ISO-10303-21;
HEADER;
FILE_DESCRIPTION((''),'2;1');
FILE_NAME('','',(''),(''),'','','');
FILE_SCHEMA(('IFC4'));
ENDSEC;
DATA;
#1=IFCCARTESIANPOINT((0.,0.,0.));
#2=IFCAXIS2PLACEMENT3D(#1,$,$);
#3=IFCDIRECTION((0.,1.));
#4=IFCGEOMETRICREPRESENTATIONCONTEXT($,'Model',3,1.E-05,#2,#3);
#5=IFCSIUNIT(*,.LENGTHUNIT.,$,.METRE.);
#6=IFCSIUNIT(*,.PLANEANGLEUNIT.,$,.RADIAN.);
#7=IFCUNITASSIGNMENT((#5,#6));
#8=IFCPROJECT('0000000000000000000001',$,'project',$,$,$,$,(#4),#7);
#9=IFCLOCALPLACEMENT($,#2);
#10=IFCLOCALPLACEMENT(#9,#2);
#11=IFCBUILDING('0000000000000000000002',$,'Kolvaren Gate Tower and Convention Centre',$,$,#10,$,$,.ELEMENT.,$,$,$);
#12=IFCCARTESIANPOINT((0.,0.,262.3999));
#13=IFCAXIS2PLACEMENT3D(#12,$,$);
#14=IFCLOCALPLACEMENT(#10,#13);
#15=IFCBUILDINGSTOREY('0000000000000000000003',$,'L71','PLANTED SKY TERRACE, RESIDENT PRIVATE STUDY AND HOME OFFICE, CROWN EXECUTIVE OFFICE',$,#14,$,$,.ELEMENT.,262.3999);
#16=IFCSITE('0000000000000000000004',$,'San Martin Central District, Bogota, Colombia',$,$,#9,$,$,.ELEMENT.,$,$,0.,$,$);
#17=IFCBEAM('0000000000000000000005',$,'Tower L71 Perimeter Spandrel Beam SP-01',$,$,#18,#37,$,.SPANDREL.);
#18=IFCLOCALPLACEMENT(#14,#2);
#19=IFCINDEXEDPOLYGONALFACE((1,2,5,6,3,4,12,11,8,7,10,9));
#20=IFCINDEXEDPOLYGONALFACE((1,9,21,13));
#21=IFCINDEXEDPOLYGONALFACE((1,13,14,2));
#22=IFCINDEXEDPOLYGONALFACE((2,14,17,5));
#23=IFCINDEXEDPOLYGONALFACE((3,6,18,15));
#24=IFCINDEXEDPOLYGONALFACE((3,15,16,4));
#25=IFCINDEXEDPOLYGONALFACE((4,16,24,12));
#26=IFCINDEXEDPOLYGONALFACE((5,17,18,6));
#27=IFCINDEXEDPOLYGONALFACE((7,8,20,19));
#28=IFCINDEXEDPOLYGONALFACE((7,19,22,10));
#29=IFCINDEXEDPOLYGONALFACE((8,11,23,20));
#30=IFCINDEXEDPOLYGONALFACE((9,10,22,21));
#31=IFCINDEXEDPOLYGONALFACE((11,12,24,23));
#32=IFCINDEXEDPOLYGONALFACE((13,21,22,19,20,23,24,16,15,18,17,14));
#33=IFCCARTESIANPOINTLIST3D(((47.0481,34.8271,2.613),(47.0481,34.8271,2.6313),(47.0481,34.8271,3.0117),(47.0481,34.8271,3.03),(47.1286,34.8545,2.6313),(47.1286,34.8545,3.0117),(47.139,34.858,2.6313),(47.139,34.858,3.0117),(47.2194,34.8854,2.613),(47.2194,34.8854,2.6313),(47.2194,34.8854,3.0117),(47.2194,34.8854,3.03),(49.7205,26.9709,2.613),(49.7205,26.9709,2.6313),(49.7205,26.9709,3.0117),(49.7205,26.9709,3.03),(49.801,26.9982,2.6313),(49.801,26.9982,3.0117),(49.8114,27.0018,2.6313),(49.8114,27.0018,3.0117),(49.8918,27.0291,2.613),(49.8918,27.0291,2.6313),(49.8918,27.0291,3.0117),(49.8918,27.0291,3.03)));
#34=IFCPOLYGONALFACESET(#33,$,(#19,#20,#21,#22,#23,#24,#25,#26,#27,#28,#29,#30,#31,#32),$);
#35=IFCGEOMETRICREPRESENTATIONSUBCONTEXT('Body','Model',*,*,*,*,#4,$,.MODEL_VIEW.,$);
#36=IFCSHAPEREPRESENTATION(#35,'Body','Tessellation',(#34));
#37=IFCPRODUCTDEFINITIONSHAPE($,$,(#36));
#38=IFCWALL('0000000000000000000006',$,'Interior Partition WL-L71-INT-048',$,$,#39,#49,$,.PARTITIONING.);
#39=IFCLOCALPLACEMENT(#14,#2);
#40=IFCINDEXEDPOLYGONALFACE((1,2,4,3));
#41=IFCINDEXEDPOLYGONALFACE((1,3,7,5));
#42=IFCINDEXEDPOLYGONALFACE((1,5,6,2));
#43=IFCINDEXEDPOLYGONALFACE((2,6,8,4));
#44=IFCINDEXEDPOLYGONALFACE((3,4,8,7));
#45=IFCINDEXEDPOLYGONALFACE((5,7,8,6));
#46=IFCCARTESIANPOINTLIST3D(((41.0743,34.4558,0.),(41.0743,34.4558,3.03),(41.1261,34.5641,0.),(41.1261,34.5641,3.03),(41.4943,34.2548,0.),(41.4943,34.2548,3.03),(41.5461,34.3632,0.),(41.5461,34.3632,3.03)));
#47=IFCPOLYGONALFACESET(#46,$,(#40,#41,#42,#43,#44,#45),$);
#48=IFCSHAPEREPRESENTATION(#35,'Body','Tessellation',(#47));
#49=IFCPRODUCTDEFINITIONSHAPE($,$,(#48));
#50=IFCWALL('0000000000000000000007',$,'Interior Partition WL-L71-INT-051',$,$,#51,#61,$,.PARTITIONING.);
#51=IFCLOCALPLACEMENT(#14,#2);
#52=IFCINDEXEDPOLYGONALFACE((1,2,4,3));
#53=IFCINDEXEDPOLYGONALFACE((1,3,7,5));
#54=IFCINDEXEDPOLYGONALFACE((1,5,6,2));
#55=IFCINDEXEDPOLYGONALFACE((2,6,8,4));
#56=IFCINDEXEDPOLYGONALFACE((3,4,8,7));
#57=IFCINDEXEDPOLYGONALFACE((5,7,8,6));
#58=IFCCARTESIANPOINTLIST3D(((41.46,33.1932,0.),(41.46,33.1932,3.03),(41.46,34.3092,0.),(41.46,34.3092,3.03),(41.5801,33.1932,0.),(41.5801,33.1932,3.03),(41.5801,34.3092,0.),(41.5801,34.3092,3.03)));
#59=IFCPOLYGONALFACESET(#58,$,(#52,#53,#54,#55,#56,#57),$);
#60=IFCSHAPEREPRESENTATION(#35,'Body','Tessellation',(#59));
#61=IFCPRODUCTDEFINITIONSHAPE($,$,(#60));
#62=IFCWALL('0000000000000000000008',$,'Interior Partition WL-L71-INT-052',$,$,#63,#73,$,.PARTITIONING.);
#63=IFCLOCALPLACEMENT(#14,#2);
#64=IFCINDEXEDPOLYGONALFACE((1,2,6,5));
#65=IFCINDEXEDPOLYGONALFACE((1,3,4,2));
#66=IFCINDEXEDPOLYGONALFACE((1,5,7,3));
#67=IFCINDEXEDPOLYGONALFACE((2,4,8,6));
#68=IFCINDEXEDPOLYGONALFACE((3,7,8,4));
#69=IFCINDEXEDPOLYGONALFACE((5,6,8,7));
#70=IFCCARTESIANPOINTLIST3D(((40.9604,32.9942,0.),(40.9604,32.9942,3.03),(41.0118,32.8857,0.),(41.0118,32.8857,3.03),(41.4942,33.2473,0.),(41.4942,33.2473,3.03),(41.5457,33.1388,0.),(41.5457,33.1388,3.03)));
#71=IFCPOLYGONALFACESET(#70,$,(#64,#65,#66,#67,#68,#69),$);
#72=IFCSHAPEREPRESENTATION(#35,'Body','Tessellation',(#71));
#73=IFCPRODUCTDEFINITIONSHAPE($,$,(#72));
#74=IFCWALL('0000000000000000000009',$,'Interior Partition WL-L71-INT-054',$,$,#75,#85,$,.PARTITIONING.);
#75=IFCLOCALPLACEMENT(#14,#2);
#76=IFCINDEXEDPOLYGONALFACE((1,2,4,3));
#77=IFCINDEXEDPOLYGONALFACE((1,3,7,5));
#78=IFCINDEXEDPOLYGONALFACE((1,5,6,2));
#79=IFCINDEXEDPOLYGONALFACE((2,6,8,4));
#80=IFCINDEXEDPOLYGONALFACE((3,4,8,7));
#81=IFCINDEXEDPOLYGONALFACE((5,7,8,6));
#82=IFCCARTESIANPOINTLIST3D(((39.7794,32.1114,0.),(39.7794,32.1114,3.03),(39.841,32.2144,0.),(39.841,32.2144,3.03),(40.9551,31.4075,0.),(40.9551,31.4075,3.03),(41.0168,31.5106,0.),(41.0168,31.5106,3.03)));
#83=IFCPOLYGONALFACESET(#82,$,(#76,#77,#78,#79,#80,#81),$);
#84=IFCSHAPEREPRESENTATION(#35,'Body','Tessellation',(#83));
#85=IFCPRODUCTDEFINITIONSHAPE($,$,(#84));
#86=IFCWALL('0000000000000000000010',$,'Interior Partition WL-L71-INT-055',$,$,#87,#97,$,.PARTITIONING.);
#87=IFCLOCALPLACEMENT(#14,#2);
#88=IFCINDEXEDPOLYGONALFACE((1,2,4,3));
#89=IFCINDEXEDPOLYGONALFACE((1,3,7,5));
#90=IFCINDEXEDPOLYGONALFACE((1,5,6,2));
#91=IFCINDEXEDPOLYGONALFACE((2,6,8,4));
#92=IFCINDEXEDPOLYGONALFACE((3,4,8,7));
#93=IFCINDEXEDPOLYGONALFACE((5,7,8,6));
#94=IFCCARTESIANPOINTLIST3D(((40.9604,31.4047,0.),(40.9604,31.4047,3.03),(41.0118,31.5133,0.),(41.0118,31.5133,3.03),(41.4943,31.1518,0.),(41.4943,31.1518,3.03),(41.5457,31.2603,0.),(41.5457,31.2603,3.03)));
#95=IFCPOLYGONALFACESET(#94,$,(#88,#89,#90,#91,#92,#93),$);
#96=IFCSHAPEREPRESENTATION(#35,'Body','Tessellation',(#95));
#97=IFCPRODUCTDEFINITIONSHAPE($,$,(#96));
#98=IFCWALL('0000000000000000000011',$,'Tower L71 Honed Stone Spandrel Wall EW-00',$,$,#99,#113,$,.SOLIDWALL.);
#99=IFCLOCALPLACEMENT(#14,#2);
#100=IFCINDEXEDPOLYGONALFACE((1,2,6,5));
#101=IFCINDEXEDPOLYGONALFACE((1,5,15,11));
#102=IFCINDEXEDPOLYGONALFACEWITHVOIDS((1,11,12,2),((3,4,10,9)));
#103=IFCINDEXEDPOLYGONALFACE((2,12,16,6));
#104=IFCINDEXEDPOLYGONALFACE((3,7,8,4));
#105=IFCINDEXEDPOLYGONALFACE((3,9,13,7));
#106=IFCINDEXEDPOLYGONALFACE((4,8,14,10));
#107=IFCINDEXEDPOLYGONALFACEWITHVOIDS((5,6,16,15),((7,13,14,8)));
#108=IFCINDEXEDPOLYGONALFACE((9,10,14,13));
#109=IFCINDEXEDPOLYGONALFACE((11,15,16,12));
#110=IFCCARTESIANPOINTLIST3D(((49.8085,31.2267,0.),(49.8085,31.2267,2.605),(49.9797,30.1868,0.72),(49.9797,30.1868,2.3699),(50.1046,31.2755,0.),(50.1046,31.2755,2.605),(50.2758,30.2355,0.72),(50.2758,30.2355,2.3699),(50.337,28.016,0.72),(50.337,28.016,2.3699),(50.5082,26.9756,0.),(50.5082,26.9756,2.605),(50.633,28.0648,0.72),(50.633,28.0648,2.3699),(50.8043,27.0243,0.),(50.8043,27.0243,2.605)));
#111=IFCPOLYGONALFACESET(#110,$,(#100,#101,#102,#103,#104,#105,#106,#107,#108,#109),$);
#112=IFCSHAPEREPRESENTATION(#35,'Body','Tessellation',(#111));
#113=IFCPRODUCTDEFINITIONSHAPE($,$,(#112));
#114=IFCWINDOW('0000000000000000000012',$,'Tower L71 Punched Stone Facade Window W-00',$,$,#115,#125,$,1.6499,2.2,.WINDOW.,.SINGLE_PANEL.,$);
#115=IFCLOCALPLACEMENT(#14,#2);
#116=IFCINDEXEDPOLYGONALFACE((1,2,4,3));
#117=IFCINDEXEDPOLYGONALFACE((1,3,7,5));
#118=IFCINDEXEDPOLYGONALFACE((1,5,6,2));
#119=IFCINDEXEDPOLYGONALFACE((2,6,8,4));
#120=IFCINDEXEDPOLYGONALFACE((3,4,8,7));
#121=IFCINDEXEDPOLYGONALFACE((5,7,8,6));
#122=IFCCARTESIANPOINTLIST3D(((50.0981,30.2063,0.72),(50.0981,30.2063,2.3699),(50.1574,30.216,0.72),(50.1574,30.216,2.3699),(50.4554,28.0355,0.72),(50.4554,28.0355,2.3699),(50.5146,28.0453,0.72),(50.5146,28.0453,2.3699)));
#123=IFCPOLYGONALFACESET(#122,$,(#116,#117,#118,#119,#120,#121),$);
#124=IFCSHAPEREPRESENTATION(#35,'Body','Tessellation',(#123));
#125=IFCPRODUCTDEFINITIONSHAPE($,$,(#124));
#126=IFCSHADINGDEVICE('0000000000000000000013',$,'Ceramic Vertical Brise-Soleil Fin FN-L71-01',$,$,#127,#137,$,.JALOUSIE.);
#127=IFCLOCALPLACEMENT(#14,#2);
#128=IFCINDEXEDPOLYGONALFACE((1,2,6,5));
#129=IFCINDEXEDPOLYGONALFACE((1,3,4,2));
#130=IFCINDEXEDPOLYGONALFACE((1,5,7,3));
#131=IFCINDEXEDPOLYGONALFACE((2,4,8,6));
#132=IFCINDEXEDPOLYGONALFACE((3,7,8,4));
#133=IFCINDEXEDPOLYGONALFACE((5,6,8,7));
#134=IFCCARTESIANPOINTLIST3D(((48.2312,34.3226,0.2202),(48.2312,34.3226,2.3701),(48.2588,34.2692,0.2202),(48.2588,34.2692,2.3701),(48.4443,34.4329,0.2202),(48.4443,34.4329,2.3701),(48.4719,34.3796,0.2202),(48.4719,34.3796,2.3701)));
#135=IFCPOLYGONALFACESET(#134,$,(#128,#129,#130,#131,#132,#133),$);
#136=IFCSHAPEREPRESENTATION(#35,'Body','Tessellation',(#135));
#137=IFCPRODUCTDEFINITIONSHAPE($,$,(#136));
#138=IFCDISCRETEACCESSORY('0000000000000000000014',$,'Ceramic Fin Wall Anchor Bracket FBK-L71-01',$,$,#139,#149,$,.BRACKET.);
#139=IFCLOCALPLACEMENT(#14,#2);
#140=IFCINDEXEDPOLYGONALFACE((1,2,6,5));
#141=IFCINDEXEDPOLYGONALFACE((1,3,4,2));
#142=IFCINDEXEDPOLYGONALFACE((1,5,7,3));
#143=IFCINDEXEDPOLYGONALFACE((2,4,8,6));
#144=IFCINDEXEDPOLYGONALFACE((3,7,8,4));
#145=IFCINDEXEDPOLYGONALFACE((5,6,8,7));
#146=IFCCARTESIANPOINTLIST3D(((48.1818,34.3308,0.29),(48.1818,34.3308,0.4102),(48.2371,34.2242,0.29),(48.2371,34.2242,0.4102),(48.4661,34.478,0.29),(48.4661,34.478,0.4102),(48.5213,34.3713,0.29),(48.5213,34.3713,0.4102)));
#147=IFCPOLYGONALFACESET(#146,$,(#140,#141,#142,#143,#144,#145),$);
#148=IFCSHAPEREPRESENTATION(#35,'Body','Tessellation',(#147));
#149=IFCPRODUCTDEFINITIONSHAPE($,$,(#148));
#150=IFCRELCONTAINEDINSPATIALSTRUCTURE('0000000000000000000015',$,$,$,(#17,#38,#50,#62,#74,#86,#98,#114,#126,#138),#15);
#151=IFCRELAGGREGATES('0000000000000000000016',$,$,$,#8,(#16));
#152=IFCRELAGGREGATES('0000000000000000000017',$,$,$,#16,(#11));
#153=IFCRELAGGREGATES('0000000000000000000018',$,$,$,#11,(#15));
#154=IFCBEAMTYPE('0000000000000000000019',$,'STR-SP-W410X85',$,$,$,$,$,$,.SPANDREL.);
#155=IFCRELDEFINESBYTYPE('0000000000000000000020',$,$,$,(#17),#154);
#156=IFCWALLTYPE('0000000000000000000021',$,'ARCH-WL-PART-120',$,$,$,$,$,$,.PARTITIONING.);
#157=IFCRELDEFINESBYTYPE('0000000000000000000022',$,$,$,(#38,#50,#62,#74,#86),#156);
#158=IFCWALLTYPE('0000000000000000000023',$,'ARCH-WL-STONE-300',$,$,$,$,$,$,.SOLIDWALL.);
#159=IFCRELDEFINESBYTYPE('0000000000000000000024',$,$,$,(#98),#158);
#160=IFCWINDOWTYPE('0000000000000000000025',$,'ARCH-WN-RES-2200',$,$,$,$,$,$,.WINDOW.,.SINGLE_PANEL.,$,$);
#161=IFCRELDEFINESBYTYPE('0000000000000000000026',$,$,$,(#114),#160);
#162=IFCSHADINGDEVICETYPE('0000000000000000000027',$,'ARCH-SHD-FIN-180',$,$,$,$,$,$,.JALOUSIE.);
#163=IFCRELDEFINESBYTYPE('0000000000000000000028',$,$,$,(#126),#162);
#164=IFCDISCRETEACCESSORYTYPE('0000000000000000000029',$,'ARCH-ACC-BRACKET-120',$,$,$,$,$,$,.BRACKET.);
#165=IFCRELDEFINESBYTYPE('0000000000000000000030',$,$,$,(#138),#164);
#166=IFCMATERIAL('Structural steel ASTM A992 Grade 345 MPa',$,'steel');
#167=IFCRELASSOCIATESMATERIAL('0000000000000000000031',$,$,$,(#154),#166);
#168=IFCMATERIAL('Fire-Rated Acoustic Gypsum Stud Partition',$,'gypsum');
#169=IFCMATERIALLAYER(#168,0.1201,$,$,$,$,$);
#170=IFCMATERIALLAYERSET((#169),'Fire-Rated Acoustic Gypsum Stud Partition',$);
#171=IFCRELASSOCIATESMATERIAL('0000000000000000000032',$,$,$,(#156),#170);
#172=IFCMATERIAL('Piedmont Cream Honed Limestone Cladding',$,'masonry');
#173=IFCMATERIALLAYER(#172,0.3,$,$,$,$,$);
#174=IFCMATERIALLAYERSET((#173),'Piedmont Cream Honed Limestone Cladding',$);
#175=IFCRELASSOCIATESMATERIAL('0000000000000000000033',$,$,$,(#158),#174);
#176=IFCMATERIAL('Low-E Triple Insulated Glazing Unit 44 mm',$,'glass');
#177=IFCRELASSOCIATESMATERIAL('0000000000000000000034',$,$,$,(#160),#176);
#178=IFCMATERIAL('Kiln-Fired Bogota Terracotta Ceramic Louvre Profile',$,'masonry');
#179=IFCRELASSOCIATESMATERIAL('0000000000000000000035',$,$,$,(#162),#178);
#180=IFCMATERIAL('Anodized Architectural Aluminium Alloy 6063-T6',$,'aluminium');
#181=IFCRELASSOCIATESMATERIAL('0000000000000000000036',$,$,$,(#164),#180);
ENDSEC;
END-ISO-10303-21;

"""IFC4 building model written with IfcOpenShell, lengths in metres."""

from ifc_helpers import new_model, si_unit, direction, frame, frame_2d, origin, origin_2d, place, context, subcontext, project, spatial, rectangle, i_section, extrude, material, layer, layer_set, material_profile, profile_set, type_object, element, fill, save


model = new_model("IFC4")

# Units and contexts
model_context = context("Model", 3, precision=1e-05, world=origin(), true_north=direction((0.0, 1.0)))
body_context = subcontext(model_context, "Body", "Model", "MODEL_VIEW")
ifc_project = project(units=[si_unit("LENGTHUNIT", "METRE"), si_unit("PLANEANGLEUNIT", "RADIAN")], contexts=[model_context])

# Site, building, storey
site_placement = place(None, origin())
site = spatial("IfcSite", under=ifc_project, at=site_placement, Name="San Martin Central District, Bogota, Colombia", CompositionType="ELEMENT", RefElevation=0.0)
building_placement = place(site_placement, origin())
building = spatial("IfcBuilding", under=site, at=building_placement, Name="Kolvaren Gate Tower and Convention Centre", CompositionType="ELEMENT")
storey_placement = place(building_placement, frame((0.0, 0.0, 262.3999)))
storey = spatial("IfcBuildingStorey", under=building, at=storey_placement, Name="L71", Description="PLANTED SKY TERRACE, RESIDENT PRIVATE STUDY AND HOME OFFICE, CROWN EXECUTIVE OFFICE", CompositionType="ELEMENT", Elevation=262.3999)

# Beam
ifc_material_1 = material(Name="Structural steel ASTM A992 Grade 345 MPa", Category="steel")
ifc_material_profile_1 = material_profile(ifc_material_1, i_section(OverallWidth=0.1809, OverallDepth=0.417, WebThickness=0.011, FlangeThickness=0.0183, at=origin_2d()), Name="W410X85")
ifc_profile_set_1 = profile_set([ifc_material_profile_1], Name="Structural steel ASTM A992 Grade 345 MPa")
beam_type_1 = type_object("IfcBeamType", Name="STR-SP-W410X85", PredefinedType="SPANDREL", material=ifc_profile_set_1)
beam_1_placement = place(storey_placement, frame((49.8062, 27.0, 2.8215), z_axis=(-0.322038, 0.946727, 0.0), x_axis=(-0.946727, -0.322038, 0.0)))
element("IfcBeam", 1, at=beam_1_placement, inside=storey, type_object=beam_type_1, Name="Tower L71 Perimeter Spandrel Beam SP-01", PredefinedType="SPANDREL", context=body_context, shape_type="SweptSolid", body=[
    extrude(i_section(OverallWidth=0.1809, OverallDepth=0.417, WebThickness=0.011, FlangeThickness=0.0183, at=origin_2d()), origin(), (0.0, 0.0, 1.0), 8.2983),
])

# Walls
ifc_material_2 = material(Name="Fire-Rated Acoustic Gypsum Stud Partition", Category="gypsum")
ifc_layer_1 = layer(ifc_material_2, 0.1201)
ifc_layer_set_1 = layer_set([ifc_layer_1], Name="Fire-Rated Acoustic Gypsum Stud Partition")
wall_type_1 = type_object("IfcWallType", Name="ARCH-WL-PART-120", PredefinedType="PARTITIONING", material=ifc_layer_set_1)
wall_1_placement = place(storey_placement, frame((41.1001, 34.51, 0.0), z_axis=(0.0, 0.0, 1.0), x_axis=(0.902054, -0.431623, 0.0)))
element("IfcWall", 2, at=wall_1_placement, inside=storey, type_object=wall_type_1, Name="Interior Partition WL-L71-INT-048", PredefinedType="PARTITIONING", context=body_context, shape_type="SweptSolid", body=[
    extrude(rectangle(XDim=0.4656, YDim=0.1201, at=frame_2d((0.2329, 0.0))), origin(), (0.0, 0.0, 1.0), 3.03),
])
wall_2_placement = place(storey_placement, frame((41.52, 33.1931, 0.0), z_axis=(0.0, 0.0, 1.0), x_axis=(0.0, 1.0, 0.0)))
element("IfcWall", 3, at=wall_2_placement, inside=storey, type_object=wall_type_1, Name="Interior Partition WL-L71-INT-051", PredefinedType="PARTITIONING", context=body_context, shape_type="SweptSolid", body=[
    extrude(rectangle(XDim=1.116, YDim=0.1201, at=frame_2d((0.5581, 0.0))), origin(), (0.0, 0.0, 1.0), 3.03),
])
wall_3_placement = place(storey_placement, frame((40.9861, 32.9399, 0.0), z_axis=(0.0, 0.0, 1.0), x_axis=(0.90357, 0.428442, 0.0)))
element("IfcWall", 4, at=wall_3_placement, inside=storey, type_object=wall_type_1, Name="Interior Partition WL-L71-INT-052", PredefinedType="PARTITIONING", context=body_context, shape_type="SweptSolid", body=[
    extrude(rectangle(XDim=0.5908, YDim=0.1201, at=frame_2d((0.2954, 0.0))), origin(), (0.0, 0.0, 1.0), 3.03),
])
wall_4_placement = place(storey_placement, frame((39.8103, 32.1628, 0.0), z_axis=(0.0, 0.0, 1.0), x_axis=(0.858011, -0.513631, 0.0)))
element("IfcWall", 5, at=wall_4_placement, inside=storey, type_object=wall_type_1, Name="Interior Partition WL-L71-INT-054", PredefinedType="PARTITIONING", context=body_context, shape_type="SweptSolid", body=[
    extrude(rectangle(XDim=1.3704, YDim=0.1201, at=frame_2d((0.6851, 0.0))), origin(), (0.0, 0.0, 1.0), 3.03),
])
wall_5_placement = place(storey_placement, frame((40.9861, 31.459, 0.0), z_axis=(0.0, 0.0, 1.0), x_axis=(0.903729, -0.428104, 0.0)))
element("IfcWall", 6, at=wall_5_placement, inside=storey, type_object=wall_type_1, Name="Interior Partition WL-L71-INT-055", PredefinedType="PARTITIONING", context=body_context, shape_type="SweptSolid", body=[
    extrude(rectangle(XDim=0.5908, YDim=0.1201, at=frame_2d((0.2954, 0.0))), origin(), (0.0, 0.0, 1.0), 3.03),
])

# Wall, opening, window
ifc_material_3 = material(Name="Piedmont Cream Honed Limestone Cladding", Category="masonry")
ifc_layer_2 = layer(ifc_material_3, 0.3)
ifc_layer_set_2 = layer_set([ifc_layer_2], Name="Piedmont Cream Honed Limestone Cladding")
wall_type_2 = type_object("IfcWallType", Name="ARCH-WL-STONE-300", PredefinedType="SOLIDWALL", material=ifc_layer_set_2)
wall_6_placement = place(storey_placement, frame((49.9565, 31.2512, 0.0), z_axis=(0.0, 0.0, 1.0), x_axis=(0.162405, -0.986724, 0.0)))
wall_6 = element("IfcWall", 7, at=wall_6_placement, inside=storey, type_object=wall_type_2, Name="Tower L71 Honed Stone Spandrel Wall EW-00", PredefinedType="SOLIDWALL", context=body_context, shape_type="SweptSolid", body=[
    extrude(rectangle(XDim=4.3083, YDim=0.3, at=frame_2d((2.1543, 0.0))), origin(), (0.0, 0.0, 1.0), 2.605),
])
opening_placement = place(wall_6_placement, frame((1.054, 0.0, 0.72)))
opening = element("IfcOpeningElement", 8, at=opening_placement, cuts=wall_6, PredefinedType="OPENING", context=body_context, shape_type="SweptSolid", body=[
    extrude(rectangle(XDim=2.2, YDim=1.6499, at=frame_2d((1.1001, 0.825))), frame((0.0, 0.1599, 0.0), z_axis=(0.0, -1.0, 0.0), x_axis=(1.0, 0.0, 0.0)), (0.0, 0.0, 1.0), 0.3201),
])
ifc_material_4 = material(Name="Low-E Triple Insulated Glazing Unit 44 mm", Category="glass")
window_type = type_object("IfcWindowType", Name="ARCH-WN-RES-2200", PartitioningType="SINGLE_PANEL", PredefinedType="WINDOW", material=ifc_material_4)
window_placement = place(opening_placement, origin())
window = element("IfcWindow", 9, at=window_placement, inside=storey, type_object=window_type, Name="Tower L71 Punched Stone Facade Window W-00", OverallHeight=1.6499, OverallWidth=2.2, PartitioningType="SINGLE_PANEL", PredefinedType="WINDOW", context=body_context, shape_type="SweptSolid", body=[
    extrude(rectangle(XDim=2.2, YDim=1.6499, at=frame_2d((1.1001, 0.825))), frame((0.0, 0.03, 0.0), z_axis=(0.0, -1.0, 0.0), x_axis=(1.0, 0.0, 0.0)), (0.0, 0.0, 1.0), 0.0601),
])
fill(opening, window)

# Shading device
ifc_material_5 = material(Name="Kiln-Fired Bogota Terracotta Ceramic Louvre Profile", Category="masonry")
shading_device_type = type_object("IfcShadingDeviceType", Name="ARCH-SHD-FIN-180", PredefinedType="JALOUSIE", material=ifc_material_5)
shading_device_placement = place(storey_placement, frame((48.3516, 34.3511, 0.2202), z_axis=(0.0, 0.0, 1.0), x_axis=(0.459794, -0.888026, 0.0)))
element("IfcShadingDevice", 10, at=shading_device_placement, inside=storey, type_object=shading_device_type, Name="Ceramic Vertical Brise-Soleil Fin FN-L71-01", PredefinedType="JALOUSIE", context=body_context, shape_type="SweptSolid", body=[
    extrude(rectangle(XDim=0.0601, YDim=0.24, at=origin_2d()), origin(), (0.0, 0.0, 1.0), 2.1499),
])

# Discrete accessory
ifc_material_6 = material(Name="Anodized Architectural Aluminium Alloy 6063-T6", Category="aluminium")
discrete_accessory_type = type_object("IfcDiscreteAccessoryType", Name="ARCH-ACC-BRACKET-120", PredefinedType="BRACKET", material=ifc_material_6)
discrete_accessory_placement = place(storey_placement, frame((48.3516, 34.3511, 0.29), z_axis=(0.0, 0.0, 1.0), x_axis=(0.459794, -0.888026, 0.0)))
element("IfcDiscreteAccessory", 11, at=discrete_accessory_placement, inside=storey, type_object=discrete_accessory_type, Name="Ceramic Fin Wall Anchor Bracket FBK-L71-01", PredefinedType="BRACKET", context=body_context, shape_type="SweptSolid", body=[
    extrude(rectangle(XDim=0.1201, YDim=0.3201, at=origin_2d()), origin(), (0.0, 0.0, 1.0), 0.1201),
])

save(model, "model.ifc")
